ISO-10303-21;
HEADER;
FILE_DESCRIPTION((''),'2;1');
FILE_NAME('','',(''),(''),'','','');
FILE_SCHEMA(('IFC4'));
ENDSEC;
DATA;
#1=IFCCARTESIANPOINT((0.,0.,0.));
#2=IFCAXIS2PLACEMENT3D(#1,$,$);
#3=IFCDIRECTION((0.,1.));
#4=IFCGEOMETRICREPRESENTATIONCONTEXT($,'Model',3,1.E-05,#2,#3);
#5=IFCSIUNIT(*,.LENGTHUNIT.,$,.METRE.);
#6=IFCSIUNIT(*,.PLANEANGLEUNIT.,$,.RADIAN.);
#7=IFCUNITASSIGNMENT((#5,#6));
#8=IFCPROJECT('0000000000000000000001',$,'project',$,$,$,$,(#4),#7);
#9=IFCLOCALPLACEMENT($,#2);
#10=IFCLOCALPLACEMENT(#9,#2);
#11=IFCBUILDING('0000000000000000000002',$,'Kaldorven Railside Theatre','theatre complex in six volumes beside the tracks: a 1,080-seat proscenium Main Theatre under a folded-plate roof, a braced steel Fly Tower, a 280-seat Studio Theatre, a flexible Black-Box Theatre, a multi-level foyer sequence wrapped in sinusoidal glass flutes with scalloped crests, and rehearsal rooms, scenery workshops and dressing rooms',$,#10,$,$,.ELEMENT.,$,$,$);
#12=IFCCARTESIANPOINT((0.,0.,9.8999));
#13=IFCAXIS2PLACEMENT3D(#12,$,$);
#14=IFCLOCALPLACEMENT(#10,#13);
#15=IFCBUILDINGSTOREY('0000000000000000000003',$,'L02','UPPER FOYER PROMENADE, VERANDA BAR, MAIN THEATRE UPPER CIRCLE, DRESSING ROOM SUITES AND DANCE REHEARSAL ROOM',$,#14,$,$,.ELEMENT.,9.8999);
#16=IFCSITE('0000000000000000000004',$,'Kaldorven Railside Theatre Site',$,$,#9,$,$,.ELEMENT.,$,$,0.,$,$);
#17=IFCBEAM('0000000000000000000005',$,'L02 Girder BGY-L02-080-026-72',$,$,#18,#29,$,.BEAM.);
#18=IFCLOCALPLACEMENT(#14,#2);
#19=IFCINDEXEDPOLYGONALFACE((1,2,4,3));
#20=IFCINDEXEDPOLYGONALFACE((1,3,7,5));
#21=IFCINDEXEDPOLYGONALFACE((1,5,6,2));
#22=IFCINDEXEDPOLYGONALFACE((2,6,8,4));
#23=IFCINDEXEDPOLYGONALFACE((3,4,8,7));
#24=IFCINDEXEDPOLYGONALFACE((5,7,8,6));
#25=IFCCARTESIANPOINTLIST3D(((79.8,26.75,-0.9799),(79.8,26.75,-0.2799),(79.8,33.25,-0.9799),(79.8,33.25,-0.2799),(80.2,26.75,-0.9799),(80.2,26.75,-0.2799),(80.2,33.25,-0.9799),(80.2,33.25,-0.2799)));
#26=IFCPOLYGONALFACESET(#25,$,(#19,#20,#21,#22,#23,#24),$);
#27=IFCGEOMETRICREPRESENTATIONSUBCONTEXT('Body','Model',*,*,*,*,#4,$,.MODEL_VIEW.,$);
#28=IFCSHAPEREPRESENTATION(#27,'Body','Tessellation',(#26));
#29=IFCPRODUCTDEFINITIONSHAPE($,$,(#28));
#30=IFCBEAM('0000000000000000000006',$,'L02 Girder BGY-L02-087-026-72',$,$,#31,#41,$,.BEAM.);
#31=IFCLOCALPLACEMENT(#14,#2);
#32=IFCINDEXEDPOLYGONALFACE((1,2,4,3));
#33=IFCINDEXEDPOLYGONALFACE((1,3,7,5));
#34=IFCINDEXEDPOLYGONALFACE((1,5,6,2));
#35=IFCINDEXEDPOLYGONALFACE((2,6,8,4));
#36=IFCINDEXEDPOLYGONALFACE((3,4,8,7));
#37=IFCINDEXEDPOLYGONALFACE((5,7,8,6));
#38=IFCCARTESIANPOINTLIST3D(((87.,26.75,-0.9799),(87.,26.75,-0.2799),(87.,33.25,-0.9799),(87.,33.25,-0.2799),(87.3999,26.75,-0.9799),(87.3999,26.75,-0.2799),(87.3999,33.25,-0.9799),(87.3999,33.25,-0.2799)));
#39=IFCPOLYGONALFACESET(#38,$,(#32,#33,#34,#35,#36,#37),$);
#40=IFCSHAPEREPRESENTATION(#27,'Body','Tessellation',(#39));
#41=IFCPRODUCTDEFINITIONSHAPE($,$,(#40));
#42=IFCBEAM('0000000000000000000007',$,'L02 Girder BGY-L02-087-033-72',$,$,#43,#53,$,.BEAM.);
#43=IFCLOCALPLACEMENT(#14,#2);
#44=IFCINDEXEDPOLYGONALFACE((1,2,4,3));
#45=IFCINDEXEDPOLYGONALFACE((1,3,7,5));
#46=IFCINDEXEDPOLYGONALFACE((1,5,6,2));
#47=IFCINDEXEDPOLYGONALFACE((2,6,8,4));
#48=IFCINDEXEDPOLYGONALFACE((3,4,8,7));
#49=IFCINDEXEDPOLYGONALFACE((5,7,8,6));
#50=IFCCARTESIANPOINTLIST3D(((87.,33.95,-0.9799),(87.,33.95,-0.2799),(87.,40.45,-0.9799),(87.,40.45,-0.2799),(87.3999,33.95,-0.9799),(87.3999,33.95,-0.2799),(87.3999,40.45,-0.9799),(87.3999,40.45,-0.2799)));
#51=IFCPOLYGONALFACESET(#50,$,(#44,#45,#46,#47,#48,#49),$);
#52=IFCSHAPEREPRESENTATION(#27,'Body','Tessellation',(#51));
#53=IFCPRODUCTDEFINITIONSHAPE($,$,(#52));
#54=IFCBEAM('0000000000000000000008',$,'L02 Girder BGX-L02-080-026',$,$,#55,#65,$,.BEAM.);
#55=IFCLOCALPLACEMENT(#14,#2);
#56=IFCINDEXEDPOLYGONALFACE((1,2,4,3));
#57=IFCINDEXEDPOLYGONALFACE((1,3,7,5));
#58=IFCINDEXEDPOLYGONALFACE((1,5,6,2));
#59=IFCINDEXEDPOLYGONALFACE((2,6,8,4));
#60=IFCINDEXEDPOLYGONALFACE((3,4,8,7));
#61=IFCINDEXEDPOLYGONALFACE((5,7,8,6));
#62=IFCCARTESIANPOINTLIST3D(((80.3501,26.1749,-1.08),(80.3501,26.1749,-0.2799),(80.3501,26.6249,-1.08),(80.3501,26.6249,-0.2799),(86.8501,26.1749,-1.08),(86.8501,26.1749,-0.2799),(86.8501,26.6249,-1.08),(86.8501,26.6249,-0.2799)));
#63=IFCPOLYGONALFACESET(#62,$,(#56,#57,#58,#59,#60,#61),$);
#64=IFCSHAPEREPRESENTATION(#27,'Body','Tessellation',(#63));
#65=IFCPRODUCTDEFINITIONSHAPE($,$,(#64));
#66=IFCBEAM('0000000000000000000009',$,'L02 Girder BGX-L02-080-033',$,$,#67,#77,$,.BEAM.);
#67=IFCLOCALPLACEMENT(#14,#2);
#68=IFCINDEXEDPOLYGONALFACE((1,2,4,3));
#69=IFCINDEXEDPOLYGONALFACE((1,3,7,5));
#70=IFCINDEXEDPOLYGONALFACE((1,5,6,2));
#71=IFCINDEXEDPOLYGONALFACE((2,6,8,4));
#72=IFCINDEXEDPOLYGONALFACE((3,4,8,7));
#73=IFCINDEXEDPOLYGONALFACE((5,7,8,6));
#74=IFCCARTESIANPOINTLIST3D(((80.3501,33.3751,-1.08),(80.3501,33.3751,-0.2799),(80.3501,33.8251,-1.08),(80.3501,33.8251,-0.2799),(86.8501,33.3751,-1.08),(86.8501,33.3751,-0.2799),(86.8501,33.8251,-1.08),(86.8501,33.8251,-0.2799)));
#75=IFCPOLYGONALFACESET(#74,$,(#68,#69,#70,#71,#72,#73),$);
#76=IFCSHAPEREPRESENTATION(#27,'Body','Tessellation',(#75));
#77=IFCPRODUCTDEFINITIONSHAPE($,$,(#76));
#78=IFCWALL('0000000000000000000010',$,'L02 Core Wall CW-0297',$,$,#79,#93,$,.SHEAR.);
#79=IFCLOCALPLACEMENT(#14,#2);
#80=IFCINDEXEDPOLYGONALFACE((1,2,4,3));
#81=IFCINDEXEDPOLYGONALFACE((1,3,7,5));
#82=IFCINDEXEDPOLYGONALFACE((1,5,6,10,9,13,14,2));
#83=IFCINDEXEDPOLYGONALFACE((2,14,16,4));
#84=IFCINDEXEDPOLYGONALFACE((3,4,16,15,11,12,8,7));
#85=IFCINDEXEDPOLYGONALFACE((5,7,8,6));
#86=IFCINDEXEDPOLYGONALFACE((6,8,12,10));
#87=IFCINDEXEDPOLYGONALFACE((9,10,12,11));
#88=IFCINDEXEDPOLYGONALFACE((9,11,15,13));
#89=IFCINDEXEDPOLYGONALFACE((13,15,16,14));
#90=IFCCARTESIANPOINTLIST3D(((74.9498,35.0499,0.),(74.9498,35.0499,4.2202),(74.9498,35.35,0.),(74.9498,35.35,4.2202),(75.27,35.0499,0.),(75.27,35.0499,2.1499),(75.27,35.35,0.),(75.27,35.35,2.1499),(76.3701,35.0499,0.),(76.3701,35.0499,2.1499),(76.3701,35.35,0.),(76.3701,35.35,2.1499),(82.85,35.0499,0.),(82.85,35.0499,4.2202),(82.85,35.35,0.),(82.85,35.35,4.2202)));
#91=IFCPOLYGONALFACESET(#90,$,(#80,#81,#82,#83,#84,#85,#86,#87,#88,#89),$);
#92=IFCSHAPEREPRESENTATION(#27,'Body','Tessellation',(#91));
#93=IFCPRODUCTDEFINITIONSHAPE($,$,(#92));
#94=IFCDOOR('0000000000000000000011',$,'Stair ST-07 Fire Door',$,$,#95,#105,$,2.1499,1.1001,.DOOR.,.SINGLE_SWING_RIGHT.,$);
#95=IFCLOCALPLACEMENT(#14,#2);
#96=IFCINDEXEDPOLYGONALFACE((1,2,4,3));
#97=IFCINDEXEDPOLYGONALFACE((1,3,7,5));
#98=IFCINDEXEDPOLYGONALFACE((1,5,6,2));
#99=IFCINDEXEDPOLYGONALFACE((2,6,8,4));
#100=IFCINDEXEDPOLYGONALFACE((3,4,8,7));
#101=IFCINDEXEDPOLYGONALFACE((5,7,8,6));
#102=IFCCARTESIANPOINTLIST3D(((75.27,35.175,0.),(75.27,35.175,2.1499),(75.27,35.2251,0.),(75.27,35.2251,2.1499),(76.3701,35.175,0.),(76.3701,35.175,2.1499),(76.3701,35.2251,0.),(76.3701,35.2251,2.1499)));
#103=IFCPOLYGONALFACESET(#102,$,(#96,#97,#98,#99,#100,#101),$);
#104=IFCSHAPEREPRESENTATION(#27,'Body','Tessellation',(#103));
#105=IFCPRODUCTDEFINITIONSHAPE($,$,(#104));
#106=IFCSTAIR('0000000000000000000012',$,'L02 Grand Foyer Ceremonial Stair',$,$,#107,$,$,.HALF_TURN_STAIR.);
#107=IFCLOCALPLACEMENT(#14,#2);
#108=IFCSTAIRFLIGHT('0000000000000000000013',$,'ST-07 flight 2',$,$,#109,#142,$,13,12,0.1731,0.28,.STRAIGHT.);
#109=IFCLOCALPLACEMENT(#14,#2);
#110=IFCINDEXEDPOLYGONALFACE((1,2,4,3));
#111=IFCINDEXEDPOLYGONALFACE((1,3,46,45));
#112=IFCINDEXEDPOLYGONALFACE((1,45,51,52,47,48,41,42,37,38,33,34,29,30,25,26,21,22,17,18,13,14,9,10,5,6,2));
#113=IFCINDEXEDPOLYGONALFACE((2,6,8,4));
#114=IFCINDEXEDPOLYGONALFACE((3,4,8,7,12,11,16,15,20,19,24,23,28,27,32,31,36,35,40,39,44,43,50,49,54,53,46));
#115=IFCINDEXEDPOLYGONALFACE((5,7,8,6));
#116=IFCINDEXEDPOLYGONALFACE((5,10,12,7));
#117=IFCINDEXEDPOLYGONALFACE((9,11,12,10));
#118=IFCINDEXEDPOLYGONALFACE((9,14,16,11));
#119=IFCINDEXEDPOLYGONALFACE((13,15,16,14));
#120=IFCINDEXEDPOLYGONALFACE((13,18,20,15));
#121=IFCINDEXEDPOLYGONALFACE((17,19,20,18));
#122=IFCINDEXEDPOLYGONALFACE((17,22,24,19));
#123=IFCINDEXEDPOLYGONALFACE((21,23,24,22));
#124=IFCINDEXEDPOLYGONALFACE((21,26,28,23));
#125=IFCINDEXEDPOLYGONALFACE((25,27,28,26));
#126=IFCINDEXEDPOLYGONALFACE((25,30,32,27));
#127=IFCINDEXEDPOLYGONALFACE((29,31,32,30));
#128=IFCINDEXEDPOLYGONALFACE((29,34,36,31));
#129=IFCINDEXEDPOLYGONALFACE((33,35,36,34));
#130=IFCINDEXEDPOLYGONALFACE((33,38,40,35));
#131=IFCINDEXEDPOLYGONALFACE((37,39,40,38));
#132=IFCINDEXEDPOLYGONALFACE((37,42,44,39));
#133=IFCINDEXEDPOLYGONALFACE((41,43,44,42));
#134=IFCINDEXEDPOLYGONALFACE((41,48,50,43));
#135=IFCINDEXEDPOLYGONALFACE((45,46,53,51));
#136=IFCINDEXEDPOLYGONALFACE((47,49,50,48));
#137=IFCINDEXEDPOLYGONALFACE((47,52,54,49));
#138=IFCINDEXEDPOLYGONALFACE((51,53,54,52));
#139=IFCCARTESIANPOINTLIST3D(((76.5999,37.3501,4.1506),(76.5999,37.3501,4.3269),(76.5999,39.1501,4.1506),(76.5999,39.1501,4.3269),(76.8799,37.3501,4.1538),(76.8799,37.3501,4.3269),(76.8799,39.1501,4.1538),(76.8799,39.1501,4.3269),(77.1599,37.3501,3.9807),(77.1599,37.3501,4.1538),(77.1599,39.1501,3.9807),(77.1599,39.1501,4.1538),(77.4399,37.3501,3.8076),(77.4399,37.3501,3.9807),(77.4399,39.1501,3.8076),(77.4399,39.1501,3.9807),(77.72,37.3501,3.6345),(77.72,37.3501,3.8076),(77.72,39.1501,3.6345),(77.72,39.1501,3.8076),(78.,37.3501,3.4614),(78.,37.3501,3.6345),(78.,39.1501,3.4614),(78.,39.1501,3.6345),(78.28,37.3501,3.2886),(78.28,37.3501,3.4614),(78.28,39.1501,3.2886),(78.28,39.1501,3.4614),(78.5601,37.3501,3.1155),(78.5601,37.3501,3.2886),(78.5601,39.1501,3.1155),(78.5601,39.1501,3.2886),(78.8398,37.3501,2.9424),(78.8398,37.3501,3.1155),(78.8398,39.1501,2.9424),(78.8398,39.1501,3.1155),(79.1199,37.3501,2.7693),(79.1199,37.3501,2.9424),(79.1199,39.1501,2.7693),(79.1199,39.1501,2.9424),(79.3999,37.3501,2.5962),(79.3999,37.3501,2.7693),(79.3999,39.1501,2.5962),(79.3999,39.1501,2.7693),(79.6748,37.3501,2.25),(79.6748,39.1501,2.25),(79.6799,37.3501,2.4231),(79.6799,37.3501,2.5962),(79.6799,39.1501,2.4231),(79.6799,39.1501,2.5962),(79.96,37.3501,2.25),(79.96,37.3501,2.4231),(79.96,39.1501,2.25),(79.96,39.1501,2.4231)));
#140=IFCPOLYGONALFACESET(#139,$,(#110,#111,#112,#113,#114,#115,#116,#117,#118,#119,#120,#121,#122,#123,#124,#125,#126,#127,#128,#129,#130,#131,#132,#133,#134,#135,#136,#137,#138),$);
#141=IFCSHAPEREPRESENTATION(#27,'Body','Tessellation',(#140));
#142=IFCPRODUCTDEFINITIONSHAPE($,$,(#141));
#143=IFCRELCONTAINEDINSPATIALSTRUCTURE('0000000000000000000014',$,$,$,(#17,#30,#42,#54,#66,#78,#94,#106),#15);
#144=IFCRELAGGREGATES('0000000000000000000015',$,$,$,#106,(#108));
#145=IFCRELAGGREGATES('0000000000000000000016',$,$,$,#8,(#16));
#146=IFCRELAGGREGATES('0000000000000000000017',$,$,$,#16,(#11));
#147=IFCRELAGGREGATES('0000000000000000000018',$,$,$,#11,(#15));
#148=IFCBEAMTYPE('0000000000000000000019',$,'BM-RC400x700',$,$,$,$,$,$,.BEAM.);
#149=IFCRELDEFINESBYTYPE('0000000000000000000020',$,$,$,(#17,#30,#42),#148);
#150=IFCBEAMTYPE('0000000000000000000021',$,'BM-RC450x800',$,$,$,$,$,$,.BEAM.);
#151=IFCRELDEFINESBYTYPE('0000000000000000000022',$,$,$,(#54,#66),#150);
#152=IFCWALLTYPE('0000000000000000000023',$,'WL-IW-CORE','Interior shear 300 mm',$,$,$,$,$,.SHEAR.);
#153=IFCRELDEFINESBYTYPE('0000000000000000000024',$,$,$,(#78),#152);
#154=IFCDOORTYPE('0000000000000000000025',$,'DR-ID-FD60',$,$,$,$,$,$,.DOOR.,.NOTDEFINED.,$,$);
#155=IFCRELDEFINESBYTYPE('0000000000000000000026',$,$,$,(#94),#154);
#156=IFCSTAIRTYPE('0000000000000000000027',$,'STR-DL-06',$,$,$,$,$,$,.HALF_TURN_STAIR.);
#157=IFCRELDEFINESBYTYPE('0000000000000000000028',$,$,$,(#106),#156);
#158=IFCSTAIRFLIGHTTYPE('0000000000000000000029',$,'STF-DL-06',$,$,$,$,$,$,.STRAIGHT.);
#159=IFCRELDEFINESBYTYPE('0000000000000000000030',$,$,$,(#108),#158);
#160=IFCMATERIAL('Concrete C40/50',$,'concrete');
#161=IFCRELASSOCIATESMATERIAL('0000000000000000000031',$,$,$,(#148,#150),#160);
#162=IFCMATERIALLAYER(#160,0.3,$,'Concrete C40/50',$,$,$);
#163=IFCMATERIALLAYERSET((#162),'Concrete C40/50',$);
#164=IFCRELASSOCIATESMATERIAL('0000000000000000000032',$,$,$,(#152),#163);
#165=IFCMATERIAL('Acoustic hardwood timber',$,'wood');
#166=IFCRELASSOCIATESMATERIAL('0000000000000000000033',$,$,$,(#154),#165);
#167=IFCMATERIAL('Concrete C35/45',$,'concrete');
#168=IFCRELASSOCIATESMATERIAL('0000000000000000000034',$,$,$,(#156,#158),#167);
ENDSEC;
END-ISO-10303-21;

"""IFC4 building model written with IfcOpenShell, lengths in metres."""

from ifc_helpers import new_model, si_unit, direction, frame, frame_2d, origin, origin_2d, place, context, subcontext, project, spatial, polyline, rectangle, outline, extrude, material, layer, layer_set, material_profile, profile_set, type_object, element, fill, aggregate, save


model = new_model("IFC4")

# Units and contexts
model_context = context("Model", 3, precision=1e-05, world=origin(), true_north=direction((0.0, 1.0)))
body_context = subcontext(model_context, "Body", "Model", "MODEL_VIEW")
ifc_project = project(units=[si_unit("LENGTHUNIT", "METRE"), si_unit("PLANEANGLEUNIT", "RADIAN")], contexts=[model_context])

# Site, building, storey
site_placement = place(None, origin())
site = spatial("IfcSite", under=ifc_project, at=site_placement, Name="Kaldorven Railside Theatre Site", CompositionType="ELEMENT", RefElevation=0.0)
building_placement = place(site_placement, origin())
building = spatial("IfcBuilding", under=site, at=building_placement, Name="Kaldorven Railside Theatre", Description="theatre complex in six volumes beside the tracks: a 1,080-seat proscenium Main Theatre under a folded-plate roof, a braced steel Fly Tower, a 280-seat Studio Theatre, a flexible Black-Box Theatre, a multi-level foyer sequence wrapped in sinusoidal glass flutes with scalloped crests, and rehearsal rooms, scenery workshops and dressing rooms", CompositionType="ELEMENT")
storey_placement = place(building_placement, frame((0.0, 0.0, 9.8999)))
storey = spatial("IfcBuildingStorey", under=building, at=storey_placement, Name="L02", Description="UPPER FOYER PROMENADE, VERANDA BAR, MAIN THEATRE UPPER CIRCLE, DRESSING ROOM SUITES AND DANCE REHEARSAL ROOM", CompositionType="ELEMENT", Elevation=9.8999)

# Shared definitions
ifc_material_1 = material(Name="Concrete C40/50", Category="concrete")

# Beams
ifc_material_profile_1 = material_profile(ifc_material_1, rectangle(XDim=0.3999, YDim=0.7, at=origin_2d()), Name="RC 400x700")
ifc_profile_set_1 = profile_set([ifc_material_profile_1], Name="Concrete C40/50")
beam_type_1 = type_object("IfcBeamType", Name="BM-RC400x700", PredefinedType="BEAM", material=ifc_profile_set_1)
for number, where, z_axis, x_axis, name in (
    (1, (80.0, 26.75, -0.6299), (0.0, 1.0, 0.0), (-1.0, 0.0, 0.0), "L02 Girder BGY-L02-080-026-72"),
    (2, (87.2, 26.75, -0.6299), (0.0, 1.0, 0.0), (-1.0, 0.0, 0.0), "L02 Girder BGY-L02-087-026-72"),
    (3, (87.2, 33.95, -0.6299), (0.0, 1.0, 0.0), (-1.0, 0.0, 0.0), "L02 Girder BGY-L02-087-033-72"),
):
    element("IfcBeam", number, at=place(storey_placement, frame(where, z_axis=z_axis, x_axis=x_axis)), inside=storey, type_object=beam_type_1, Name=name, PredefinedType="BEAM", context=body_context, shape_type="SweptSolid", body=[
        extrude(rectangle(XDim=0.3999, YDim=0.7, at=origin_2d()), origin(), (0.0, 0.0, 1.0), 6.5),
    ])
ifc_material_profile_2 = material_profile(ifc_material_1, rectangle(XDim=0.45, YDim=0.8, at=origin_2d()), Name="RC 450x800")
ifc_profile_set_2 = profile_set([ifc_material_profile_2], Name="Concrete C40/50")
beam_type_2 = type_object("IfcBeamType", Name="BM-RC450x800", PredefinedType="BEAM", material=ifc_profile_set_2)
for number, where, z_axis, x_axis, name in (
    (4, (80.3501, 26.3999, -0.6799), (1.0, 0.0, 0.0), (0.0, 1.0, 0.0), "L02 Girder BGX-L02-080-026"),
    (5, (80.3501, 33.6001, -0.6799), (1.0, 0.0, 0.0), (0.0, 1.0, 0.0), "L02 Girder BGX-L02-080-033"),
):
    element("IfcBeam", number, at=place(storey_placement, frame(where, z_axis=z_axis, x_axis=x_axis)), inside=storey, type_object=beam_type_2, Name=name, PredefinedType="BEAM", context=body_context, shape_type="SweptSolid", body=[
        extrude(rectangle(XDim=0.45, YDim=0.8, at=origin_2d()), origin(), (0.0, 0.0, 1.0), 6.5),
    ])

# Wall, opening, door
ifc_layer = layer(ifc_material_1, 0.3, Name="Concrete C40/50")
ifc_layer_set = layer_set([ifc_layer], Name="Concrete C40/50")
wall_type = type_object("IfcWallType", Name="WL-IW-CORE", Description="Interior shear 300 mm", PredefinedType="SHEAR", material=ifc_layer_set)
wall_placement = place(storey_placement, frame((82.8501, 35.2, 0.0), z_axis=(0.0, 0.0, 1.0), x_axis=(-1.0, 0.0, 0.0)))
wall = element("IfcWall", 6, at=wall_placement, inside=storey, type_object=wall_type, Name="L02 Core Wall CW-0297", PredefinedType="SHEAR", context=body_context, shape_type="SweptSolid", body=[
    extrude(rectangle(XDim=7.9001, YDim=0.3, at=frame_2d((3.9502, 0.0))), origin(), (0.0, 0.0, 1.0), 4.2202),
])
opening_placement = place(wall_placement, frame((6.48, 0.0, 0.0)))
opening = element("IfcOpeningElement", 7, at=opening_placement, cuts=wall, PredefinedType="OPENING", context=body_context, shape_type="SweptSolid", body=[
    extrude(rectangle(XDim=1.1001, YDim=2.1499, at=frame_2d((0.55, 1.075))), frame((0.0, 0.1602, 0.0), z_axis=(0.0, -1.0, 0.0), x_axis=(1.0, 0.0, 0.0)), (0.0, 0.0, 1.0), 0.3201),
])
ifc_material_2 = material(Name="Acoustic hardwood timber", Category="wood")
door_type = type_object("IfcDoorType", Name="DR-ID-FD60", OperationType="NOTDEFINED", PredefinedType="DOOR", material=ifc_material_2)
door_placement = place(opening_placement, origin())
door = element("IfcDoor", 8, at=door_placement, inside=storey, type_object=door_type, Name="Stair ST-07 Fire Door", OperationType="SINGLE_SWING_RIGHT", OverallHeight=2.1499, OverallWidth=1.1001, PredefinedType="DOOR", context=body_context, shape_type="SweptSolid", body=[
    extrude(rectangle(XDim=1.1001, YDim=2.1499, at=frame_2d((0.55, 1.075))), frame((0.0, 0.0249, 0.0), z_axis=(0.0, -1.0, 0.0), x_axis=(1.0, 0.0, 0.0)), (0.0, 0.0, 1.0), 0.05),
])
fill(opening, door)

# Stair, stair flight
ifc_material_3 = material(Name="Concrete C35/45", Category="concrete")
stair_type = type_object("IfcStairType", Name="STR-DL-06", PredefinedType="HALF_TURN_STAIR", material=ifc_material_3)
stair_placement = place(storey_placement, origin())
stair = element("IfcStair", 9, at=stair_placement, inside=storey, type_object=stair_type, Name="L02 Grand Foyer Ceremonial Stair", PredefinedType="HALF_TURN_STAIR")
stair_flight_type = type_object("IfcStairFlightType", Name="STF-DL-06", PredefinedType="STRAIGHT", material=ifc_material_3)
stair_flight_placement = place(storey_placement, frame((79.96, 38.25, 2.25), z_axis=(0.0, 0.0, 1.0), x_axis=(-1.0, 0.0, 0.0)))
stair_flight = element("IfcStairFlight", 10, at=stair_flight_placement, type_object=stair_flight_type, Name="ST-07 flight 2", NumberOfRisers=13, NumberOfTreads=12, PredefinedType="STRAIGHT", RiserHeight=0.1731, TreadLength=0.28, context=body_context, shape_type="SweptSolid", body=[
    extrude(outline(polyline([(0.0, 0.0), (0.0, 0.1731), (0.28, 0.1731), (0.28, 0.3462), (0.5601, 0.3462), (0.5601, 0.5193), (0.8401, 0.5193), (0.8401, 0.6924), (1.1201, 0.6924), (1.1201, 0.8655), (1.3999, 0.8655), (1.3999, 1.0386), (1.6799, 1.0386), (1.6799, 1.2114), (1.96, 1.2114), (1.96, 1.3845), (2.24, 1.3845), (2.24, 1.5576), (2.52, 1.5576), (2.52, 1.7307), (2.8, 1.7307), (2.8, 1.9038), (3.0801, 1.9038), (3.0801, 2.0769), (3.3601, 2.0769), (3.3601, 2.25), (3.3601, 1.9006), (0.2852, 0.0), (0.0, 0.0)])), frame((0.0, 0.8999, 0.0), z_axis=(0.0, -1.0, 0.0), x_axis=(1.0, 0.0, 0.0)), (0.0, 0.0, 1.0), 1.8),
])
aggregate(stair, [stair_flight])

save(model, "model.ifc")
